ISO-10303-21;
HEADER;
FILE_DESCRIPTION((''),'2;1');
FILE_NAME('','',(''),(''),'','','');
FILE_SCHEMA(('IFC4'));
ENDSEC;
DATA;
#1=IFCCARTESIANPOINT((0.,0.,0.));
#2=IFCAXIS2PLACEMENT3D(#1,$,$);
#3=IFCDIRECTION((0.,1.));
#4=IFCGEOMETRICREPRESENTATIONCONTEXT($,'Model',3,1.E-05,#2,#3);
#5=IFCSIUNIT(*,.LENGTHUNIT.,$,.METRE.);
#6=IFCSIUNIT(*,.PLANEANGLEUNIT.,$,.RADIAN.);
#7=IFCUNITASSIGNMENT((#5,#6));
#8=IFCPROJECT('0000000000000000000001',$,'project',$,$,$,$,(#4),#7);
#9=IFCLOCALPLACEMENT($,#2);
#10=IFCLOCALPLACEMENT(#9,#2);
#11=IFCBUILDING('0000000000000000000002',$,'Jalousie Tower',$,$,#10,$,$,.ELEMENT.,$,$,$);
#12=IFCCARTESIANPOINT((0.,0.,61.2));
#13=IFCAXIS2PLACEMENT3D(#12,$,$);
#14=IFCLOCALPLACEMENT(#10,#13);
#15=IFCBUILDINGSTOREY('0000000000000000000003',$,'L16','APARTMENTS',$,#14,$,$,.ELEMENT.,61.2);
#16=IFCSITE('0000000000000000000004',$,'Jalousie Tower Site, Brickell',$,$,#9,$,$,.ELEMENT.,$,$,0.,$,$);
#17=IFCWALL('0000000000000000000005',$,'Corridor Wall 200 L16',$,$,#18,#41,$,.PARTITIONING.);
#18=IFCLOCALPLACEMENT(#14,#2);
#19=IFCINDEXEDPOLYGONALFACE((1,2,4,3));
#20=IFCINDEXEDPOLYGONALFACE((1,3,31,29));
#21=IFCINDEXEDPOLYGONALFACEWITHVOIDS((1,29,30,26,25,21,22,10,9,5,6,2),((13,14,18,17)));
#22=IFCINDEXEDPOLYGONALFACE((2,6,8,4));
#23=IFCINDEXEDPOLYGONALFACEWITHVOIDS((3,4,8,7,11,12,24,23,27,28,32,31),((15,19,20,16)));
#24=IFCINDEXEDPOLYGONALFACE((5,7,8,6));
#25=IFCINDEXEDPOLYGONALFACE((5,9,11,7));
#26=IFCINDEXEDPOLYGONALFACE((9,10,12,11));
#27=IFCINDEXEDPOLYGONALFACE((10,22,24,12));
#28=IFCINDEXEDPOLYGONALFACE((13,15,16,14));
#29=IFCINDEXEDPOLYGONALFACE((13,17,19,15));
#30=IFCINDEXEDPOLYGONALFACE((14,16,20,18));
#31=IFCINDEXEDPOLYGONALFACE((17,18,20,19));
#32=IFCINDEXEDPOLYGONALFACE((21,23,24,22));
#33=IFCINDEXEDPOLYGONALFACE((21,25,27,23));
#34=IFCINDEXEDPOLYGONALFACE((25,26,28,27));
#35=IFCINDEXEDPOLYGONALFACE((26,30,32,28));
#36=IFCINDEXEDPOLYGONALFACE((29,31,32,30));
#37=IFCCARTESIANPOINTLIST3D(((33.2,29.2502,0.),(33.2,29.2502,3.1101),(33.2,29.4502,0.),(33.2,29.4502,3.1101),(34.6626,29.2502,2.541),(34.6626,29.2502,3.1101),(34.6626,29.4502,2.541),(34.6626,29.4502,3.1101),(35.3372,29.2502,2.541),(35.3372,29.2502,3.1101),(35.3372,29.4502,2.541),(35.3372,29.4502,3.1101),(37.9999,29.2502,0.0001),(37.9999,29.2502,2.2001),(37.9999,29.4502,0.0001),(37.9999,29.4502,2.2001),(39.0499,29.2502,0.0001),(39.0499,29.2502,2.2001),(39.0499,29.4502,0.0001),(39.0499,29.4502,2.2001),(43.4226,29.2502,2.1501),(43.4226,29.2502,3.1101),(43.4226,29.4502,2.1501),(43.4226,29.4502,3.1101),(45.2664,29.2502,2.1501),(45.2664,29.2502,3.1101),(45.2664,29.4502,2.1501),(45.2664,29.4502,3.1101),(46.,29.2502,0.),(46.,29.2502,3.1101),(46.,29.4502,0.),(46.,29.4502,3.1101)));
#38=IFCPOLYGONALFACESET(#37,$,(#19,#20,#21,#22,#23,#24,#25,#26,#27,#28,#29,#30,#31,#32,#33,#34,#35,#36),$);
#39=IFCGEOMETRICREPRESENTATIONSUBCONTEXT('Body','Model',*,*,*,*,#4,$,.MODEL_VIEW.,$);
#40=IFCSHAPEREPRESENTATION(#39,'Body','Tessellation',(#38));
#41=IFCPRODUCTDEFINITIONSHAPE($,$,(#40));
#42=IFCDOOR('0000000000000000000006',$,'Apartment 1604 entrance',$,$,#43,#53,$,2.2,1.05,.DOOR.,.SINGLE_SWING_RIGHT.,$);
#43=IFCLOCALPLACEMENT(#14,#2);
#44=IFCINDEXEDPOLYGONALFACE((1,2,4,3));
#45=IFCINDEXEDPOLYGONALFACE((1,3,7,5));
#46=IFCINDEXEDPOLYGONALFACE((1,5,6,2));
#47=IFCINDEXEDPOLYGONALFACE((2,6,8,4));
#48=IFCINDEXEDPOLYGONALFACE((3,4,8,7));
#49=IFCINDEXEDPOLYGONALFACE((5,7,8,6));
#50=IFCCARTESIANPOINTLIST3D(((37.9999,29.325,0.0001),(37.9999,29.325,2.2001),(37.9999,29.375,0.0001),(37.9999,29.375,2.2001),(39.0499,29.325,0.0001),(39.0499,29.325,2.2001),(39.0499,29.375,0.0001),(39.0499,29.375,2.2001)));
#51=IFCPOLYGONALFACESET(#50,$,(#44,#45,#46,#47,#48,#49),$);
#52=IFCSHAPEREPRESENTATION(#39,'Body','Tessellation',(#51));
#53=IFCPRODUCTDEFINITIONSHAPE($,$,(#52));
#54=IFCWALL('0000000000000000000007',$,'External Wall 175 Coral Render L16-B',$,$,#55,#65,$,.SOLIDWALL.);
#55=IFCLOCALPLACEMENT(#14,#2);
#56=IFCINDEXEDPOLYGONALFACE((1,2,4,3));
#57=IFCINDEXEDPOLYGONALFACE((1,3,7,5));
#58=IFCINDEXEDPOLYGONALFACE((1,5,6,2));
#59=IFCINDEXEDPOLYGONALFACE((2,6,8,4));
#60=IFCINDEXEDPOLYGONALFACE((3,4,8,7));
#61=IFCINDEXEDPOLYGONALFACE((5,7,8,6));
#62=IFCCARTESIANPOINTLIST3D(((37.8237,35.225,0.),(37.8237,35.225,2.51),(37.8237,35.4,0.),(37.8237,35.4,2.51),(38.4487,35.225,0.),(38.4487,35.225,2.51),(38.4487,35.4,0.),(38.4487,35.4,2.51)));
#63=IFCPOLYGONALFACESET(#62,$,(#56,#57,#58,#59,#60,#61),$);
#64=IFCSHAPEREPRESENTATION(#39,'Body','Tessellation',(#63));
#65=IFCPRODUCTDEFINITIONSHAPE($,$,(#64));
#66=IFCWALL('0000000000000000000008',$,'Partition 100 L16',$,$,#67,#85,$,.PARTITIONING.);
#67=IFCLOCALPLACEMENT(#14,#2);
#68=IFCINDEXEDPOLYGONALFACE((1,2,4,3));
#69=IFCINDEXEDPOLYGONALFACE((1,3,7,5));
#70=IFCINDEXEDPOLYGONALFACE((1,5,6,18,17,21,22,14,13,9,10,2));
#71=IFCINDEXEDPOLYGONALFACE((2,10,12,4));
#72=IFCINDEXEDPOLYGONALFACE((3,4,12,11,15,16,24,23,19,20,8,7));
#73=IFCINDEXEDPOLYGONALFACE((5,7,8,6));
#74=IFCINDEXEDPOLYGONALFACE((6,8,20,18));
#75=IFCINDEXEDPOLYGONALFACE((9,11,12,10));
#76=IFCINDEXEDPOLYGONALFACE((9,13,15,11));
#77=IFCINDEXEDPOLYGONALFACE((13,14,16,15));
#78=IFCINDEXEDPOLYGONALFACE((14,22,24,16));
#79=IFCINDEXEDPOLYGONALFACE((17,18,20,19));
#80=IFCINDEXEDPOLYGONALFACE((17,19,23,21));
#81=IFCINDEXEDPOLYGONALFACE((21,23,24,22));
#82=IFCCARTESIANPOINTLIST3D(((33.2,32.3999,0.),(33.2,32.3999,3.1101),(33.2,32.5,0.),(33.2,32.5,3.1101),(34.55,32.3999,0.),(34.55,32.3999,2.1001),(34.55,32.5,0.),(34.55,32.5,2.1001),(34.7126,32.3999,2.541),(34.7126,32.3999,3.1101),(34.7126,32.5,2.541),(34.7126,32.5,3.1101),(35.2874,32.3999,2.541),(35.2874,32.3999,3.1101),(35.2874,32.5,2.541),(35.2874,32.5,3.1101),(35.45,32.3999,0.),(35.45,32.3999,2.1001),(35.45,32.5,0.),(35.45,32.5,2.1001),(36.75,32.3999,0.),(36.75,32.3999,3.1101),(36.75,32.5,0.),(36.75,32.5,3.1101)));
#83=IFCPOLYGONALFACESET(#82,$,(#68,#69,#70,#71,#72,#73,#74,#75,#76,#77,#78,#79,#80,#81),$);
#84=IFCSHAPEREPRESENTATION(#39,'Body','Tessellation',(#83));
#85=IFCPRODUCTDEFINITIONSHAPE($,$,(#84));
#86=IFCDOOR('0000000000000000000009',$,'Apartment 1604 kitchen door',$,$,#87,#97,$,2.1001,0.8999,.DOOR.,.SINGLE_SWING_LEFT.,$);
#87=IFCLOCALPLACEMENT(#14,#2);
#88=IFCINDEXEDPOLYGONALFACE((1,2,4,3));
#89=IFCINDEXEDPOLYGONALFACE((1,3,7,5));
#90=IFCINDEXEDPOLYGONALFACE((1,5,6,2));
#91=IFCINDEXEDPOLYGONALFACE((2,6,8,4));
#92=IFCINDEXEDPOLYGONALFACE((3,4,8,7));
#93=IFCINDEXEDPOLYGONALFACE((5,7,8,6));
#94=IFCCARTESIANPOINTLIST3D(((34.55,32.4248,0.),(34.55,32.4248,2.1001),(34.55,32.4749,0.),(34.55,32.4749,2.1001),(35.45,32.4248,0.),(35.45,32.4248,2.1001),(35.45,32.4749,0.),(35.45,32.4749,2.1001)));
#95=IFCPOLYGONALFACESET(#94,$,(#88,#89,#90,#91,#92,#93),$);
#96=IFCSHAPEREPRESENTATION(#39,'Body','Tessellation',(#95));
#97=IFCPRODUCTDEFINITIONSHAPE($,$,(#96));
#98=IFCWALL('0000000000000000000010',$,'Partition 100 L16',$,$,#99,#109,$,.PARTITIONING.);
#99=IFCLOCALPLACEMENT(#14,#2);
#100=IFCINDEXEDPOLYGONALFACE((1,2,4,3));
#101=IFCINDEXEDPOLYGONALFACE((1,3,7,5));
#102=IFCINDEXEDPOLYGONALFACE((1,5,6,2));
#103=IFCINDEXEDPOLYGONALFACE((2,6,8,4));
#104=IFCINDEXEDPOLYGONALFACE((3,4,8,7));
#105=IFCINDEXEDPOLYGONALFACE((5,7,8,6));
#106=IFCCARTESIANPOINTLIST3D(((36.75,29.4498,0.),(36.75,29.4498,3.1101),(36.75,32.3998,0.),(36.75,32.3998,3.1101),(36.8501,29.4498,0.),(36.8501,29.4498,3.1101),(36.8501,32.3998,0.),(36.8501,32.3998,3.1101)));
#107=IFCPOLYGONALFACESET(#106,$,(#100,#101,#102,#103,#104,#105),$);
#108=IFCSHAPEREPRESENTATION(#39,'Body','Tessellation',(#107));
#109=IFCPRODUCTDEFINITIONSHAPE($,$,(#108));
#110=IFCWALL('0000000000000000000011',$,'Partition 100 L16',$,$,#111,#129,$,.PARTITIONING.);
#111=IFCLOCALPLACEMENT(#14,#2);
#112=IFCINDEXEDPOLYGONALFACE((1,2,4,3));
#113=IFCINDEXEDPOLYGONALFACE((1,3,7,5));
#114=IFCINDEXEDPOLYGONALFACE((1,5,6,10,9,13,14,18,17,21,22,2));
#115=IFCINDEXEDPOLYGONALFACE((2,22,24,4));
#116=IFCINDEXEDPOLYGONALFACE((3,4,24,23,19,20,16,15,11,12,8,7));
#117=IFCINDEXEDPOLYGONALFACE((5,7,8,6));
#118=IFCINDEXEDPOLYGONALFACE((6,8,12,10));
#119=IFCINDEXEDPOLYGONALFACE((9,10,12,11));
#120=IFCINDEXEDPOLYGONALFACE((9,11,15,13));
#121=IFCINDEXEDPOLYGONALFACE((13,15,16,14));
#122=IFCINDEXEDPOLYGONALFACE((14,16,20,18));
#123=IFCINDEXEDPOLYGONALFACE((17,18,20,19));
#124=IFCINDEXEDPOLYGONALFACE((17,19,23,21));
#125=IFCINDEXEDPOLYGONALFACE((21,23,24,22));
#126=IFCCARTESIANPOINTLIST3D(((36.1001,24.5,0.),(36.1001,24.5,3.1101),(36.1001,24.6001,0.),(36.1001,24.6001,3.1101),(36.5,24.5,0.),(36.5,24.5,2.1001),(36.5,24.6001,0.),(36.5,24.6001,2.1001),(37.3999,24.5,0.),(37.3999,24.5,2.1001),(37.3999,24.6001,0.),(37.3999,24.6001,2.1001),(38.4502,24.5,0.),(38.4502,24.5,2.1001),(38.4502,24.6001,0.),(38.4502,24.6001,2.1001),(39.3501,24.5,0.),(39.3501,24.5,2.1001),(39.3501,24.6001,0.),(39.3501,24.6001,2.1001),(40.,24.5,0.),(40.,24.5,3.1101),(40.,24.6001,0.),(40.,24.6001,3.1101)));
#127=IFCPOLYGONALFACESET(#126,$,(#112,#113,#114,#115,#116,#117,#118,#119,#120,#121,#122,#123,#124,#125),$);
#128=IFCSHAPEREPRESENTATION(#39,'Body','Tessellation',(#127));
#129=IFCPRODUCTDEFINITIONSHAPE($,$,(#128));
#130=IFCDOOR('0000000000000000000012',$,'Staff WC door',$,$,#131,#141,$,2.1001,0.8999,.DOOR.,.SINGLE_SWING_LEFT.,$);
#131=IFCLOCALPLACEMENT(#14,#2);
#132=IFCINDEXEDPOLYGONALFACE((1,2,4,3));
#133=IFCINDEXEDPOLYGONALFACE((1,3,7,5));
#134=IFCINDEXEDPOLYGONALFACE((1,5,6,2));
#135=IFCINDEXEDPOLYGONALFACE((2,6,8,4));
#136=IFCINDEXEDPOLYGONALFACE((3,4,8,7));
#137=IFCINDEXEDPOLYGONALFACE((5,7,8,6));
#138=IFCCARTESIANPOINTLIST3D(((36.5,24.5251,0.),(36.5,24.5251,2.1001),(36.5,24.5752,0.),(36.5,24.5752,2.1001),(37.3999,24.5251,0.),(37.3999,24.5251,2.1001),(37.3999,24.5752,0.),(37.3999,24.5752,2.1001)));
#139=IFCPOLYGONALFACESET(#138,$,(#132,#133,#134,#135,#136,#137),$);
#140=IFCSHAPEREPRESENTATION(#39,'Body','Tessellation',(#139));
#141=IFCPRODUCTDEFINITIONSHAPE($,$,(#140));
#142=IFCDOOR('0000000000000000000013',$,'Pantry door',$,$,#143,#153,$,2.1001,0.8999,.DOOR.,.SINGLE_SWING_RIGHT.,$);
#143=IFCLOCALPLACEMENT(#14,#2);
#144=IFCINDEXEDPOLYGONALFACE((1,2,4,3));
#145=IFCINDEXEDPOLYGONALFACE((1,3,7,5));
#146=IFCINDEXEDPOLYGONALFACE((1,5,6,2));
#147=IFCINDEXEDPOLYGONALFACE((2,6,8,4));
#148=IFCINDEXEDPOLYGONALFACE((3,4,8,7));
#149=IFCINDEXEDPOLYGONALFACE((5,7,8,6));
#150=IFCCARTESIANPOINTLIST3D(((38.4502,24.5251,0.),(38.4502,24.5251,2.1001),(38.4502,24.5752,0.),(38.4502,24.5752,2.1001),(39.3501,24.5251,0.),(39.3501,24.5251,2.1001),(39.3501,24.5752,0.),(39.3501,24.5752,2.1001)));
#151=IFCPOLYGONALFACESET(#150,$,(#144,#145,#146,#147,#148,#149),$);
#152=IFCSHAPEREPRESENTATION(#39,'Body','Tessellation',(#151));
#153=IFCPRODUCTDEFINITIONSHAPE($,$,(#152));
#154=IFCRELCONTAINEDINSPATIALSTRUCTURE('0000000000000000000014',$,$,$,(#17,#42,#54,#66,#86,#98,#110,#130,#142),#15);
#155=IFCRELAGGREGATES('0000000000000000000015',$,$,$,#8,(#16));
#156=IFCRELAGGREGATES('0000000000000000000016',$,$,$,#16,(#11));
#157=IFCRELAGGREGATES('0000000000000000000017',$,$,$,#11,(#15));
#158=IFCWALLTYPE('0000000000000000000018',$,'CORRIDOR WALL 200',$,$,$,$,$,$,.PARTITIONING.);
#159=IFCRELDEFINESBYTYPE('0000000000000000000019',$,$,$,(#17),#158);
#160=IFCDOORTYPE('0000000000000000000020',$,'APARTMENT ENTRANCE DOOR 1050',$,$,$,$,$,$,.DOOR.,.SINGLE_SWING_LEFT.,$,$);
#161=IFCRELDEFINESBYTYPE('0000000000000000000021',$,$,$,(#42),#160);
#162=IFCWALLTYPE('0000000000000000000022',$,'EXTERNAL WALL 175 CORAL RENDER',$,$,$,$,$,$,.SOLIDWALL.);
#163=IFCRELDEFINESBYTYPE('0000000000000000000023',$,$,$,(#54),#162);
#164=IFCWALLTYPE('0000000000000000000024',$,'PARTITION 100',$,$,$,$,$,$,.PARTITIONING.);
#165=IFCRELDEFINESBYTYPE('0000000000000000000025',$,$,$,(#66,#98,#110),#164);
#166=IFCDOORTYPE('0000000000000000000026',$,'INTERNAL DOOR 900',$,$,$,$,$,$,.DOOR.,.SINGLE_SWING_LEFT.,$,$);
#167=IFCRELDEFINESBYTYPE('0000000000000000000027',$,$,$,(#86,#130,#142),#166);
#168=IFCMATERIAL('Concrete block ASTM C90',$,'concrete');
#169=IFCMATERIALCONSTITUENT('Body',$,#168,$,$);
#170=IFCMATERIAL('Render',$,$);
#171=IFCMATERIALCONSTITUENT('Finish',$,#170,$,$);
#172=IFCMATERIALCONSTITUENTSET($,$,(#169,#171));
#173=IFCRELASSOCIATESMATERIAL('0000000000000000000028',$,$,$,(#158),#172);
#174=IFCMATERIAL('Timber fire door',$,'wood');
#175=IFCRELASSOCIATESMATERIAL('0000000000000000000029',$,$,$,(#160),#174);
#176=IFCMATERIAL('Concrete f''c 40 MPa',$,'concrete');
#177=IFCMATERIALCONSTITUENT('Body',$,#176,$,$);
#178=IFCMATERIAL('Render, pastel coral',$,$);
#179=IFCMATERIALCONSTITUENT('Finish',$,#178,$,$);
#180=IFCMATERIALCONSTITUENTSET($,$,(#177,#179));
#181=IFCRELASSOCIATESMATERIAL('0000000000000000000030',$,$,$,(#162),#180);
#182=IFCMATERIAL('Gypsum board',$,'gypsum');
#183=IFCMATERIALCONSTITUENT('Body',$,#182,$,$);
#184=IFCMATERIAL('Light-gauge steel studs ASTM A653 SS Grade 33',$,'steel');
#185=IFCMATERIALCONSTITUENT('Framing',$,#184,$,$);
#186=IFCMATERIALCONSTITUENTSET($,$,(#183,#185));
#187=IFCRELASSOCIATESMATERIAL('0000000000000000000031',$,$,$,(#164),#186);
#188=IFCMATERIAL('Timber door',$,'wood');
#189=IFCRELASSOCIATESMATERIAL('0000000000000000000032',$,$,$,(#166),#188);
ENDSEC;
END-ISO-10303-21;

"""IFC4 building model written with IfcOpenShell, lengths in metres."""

from ifc_helpers import new_model, si_unit, direction, frame, frame_2d, origin, place, context, subcontext, project, spatial, polyline, rectangle, outline, extrude, material, constituent, constituent_set, type_object, element, fill, save


model = new_model("IFC4")

# Units and contexts
model_context = context("Model", 3, precision=1e-05, world=origin(), true_north=direction((0.0, 1.0)))
body_context = subcontext(model_context, "Body", "Model", "MODEL_VIEW")
ifc_project = project(units=[si_unit("LENGTHUNIT", "METRE"), si_unit("PLANEANGLEUNIT", "RADIAN")], contexts=[model_context])

# Site, building, storey
site_placement = place(None, origin())
site = spatial("IfcSite", under=ifc_project, at=site_placement, Name="Jalousie Tower Site, Brickell", CompositionType="ELEMENT", RefElevation=0.0)
building_placement = place(site_placement, origin())
building = spatial("IfcBuilding", under=site, at=building_placement, Name="Jalousie Tower", CompositionType="ELEMENT")
storey_placement = place(building_placement, frame((0.0, 0.0, 61.2)))
storey = spatial("IfcBuildingStorey", under=building, at=storey_placement, Name="L16", Description="APARTMENTS", CompositionType="ELEMENT", Elevation=61.2)

# Wall, opening, door
ifc_material_1 = material(Name="Concrete block ASTM C90", Category="concrete")
ifc_constituent_1 = constituent(ifc_material_1, Name="Body")
ifc_material_2 = material(Name="Render")
ifc_constituent_2 = constituent(ifc_material_2, Name="Finish")
ifc_constituent_set_1 = constituent_set(constituents=[ifc_constituent_1, ifc_constituent_2])
wall_type_1 = type_object("IfcWallType", Name="CORRIDOR WALL 200", PredefinedType="PARTITIONING", material=ifc_constituent_set_1)
wall_1_placement = place(storey_placement, frame((33.2, 29.3501, 0.0), z_axis=(0.0, 0.0, 1.0), x_axis=(1.0, 0.0, 0.0)))
wall_1 = element("IfcWall", 1, at=wall_1_placement, inside=storey, type_object=wall_type_1, Name="Corridor Wall 200 L16", PredefinedType="PARTITIONING", context=body_context, shape_type="SweptSolid", body=[
    extrude(outline(polyline([(0.0, 0.0), (12.8, 0.0), (12.8, 3.1101), (12.0664, 3.1101), (12.0664, 2.1501), (10.2227, 2.1501), (10.2227, 3.1101), (2.1372, 3.1101), (2.1372, 2.541), (1.4626, 2.541), (1.4626, 3.1101), (0.0, 3.1101), (0.0, 0.0)])), frame((0.0, 0.1001, 0.0), z_axis=(0.0, -1.0, 0.0), x_axis=(1.0, 0.0, 0.0)), (0.0, 0.0, 1.0), 0.2),
])
opening_1_placement = place(wall_1_placement, frame((4.8, 0.0, 0.0)))
opening_1 = element("IfcOpeningElement", 2, at=opening_1_placement, cuts=wall_1, PredefinedType="OPENING", context=body_context, shape_type="SweptSolid", body=[
    extrude(rectangle(XDim=1.05, YDim=2.2, at=frame_2d((0.5249, 1.1001))), frame((0.0, 0.1099, 0.0), z_axis=(0.0, -1.0, 0.0), x_axis=(1.0, 0.0, 0.0)), (0.0, 0.0, 1.0), 0.22),
])
ifc_material_3 = material(Name="Timber fire door", Category="wood")
door_type_1 = type_object("IfcDoorType", Name="APARTMENT ENTRANCE DOOR 1050", OperationType="SINGLE_SWING_LEFT", PredefinedType="DOOR", material=ifc_material_3)
door_1_placement = place(opening_1_placement, origin())
door_1 = element("IfcDoor", 3, at=door_1_placement, inside=storey, type_object=door_type_1, Name="Apartment 1604 entrance", OperationType="SINGLE_SWING_RIGHT", OverallHeight=2.2, OverallWidth=1.05, PredefinedType="DOOR", context=body_context, shape_type="SweptSolid", body=[
    extrude(rectangle(XDim=1.05, YDim=2.2, at=frame_2d((0.5249, 1.1001))), frame((0.0, 0.0249, 0.0), z_axis=(0.0, -1.0, 0.0), x_axis=(1.0, 0.0, 0.0)), (0.0, 0.0, 1.0), 0.05),
])
fill(opening_1, door_1)

# Wall
ifc_material_4 = material(Name="Concrete f'c 40 MPa", Category="concrete")
ifc_constituent_3 = constituent(ifc_material_4, Name="Body")
ifc_material_5 = material(Name="Render, pastel coral")
ifc_constituent_4 = constituent(ifc_material_5, Name="Finish")
ifc_constituent_set_2 = constituent_set(constituents=[ifc_constituent_3, ifc_constituent_4])
wall_type_2 = type_object("IfcWallType", Name="EXTERNAL WALL 175 CORAL RENDER", PredefinedType="SOLIDWALL", material=ifc_constituent_set_2)
wall_2_placement = place(storey_placement, frame((38.4487, 35.3125, 0.0), z_axis=(0.0, 0.0, 1.0), x_axis=(-1.0, 0.0, 0.0)))
element("IfcWall", 4, at=wall_2_placement, inside=storey, type_object=wall_type_2, Name="External Wall 175 Coral Render L16-B", PredefinedType="SOLIDWALL", context=body_context, shape_type="SweptSolid", body=[
    extrude(rectangle(XDim=0.625, YDim=0.175, at=frame_2d((0.3125, 0.0))), origin(), (0.0, 0.0, 1.0), 2.51),
])

# Wall, opening, door
ifc_material_6 = material(Name="Gypsum board", Category="gypsum")
ifc_constituent_5 = constituent(ifc_material_6, Name="Body")
ifc_material_7 = material(Name="Light-gauge steel studs ASTM A653 SS Grade 33", Category="steel")
ifc_constituent_6 = constituent(ifc_material_7, Name="Framing")
ifc_constituent_set_3 = constituent_set(constituents=[ifc_constituent_5, ifc_constituent_6])
wall_type_3 = type_object("IfcWallType", Name="PARTITION 100", PredefinedType="PARTITIONING", material=ifc_constituent_set_3)
wall_3_placement = place(storey_placement, frame((33.2, 32.45, 0.0), z_axis=(0.0, 0.0, 1.0), x_axis=(1.0, 0.0, 0.0)))
wall_3 = element("IfcWall", 5, at=wall_3_placement, inside=storey, type_object=wall_type_3, Name="Partition 100 L16", PredefinedType="PARTITIONING", context=body_context, shape_type="SweptSolid", body=[
    extrude(outline(polyline([(0.0, 0.0), (3.55, 0.0), (3.55, 3.1101), (2.0874, 3.1101), (2.0874, 2.541), (1.5127, 2.541), (1.5127, 3.1101), (0.0, 3.1101), (0.0, 0.0)])), frame((0.0, 0.05, 0.0), z_axis=(0.0, -1.0, 0.0), x_axis=(1.0, 0.0, 0.0)), (0.0, 0.0, 1.0), 0.1001),
])
opening_2_placement = place(wall_3_placement, frame((1.3501, 0.0, 0.0)))
opening_2 = element("IfcOpeningElement", 6, at=opening_2_placement, cuts=wall_3, PredefinedType="OPENING", context=body_context, shape_type="SweptSolid", body=[
    extrude(rectangle(XDim=0.8999, YDim=2.1001, at=frame_2d((0.45, 1.05))), frame((0.0, 0.0601, 0.0), z_axis=(0.0, -1.0, 0.0), x_axis=(1.0, 0.0, 0.0)), (0.0, 0.0, 1.0), 0.1201),
])
ifc_material_8 = material(Name="Timber door", Category="wood")
door_type_2 = type_object("IfcDoorType", Name="INTERNAL DOOR 900", OperationType="SINGLE_SWING_LEFT", PredefinedType="DOOR", material=ifc_material_8)
door_2_placement = place(opening_2_placement, origin())
door_2 = element("IfcDoor", 7, at=door_2_placement, inside=storey, type_object=door_type_2, Name="Apartment 1604 kitchen door", OperationType="SINGLE_SWING_LEFT", OverallHeight=2.1001, OverallWidth=0.8999, PredefinedType="DOOR", context=body_context, shape_type="SweptSolid", body=[
    extrude(rectangle(XDim=0.8999, YDim=2.1001, at=frame_2d((0.45, 1.05))), frame((0.0, 0.0249, 0.0), z_axis=(0.0, -1.0, 0.0), x_axis=(1.0, 0.0, 0.0)), (0.0, 0.0, 1.0), 0.05),
])
fill(opening_2, door_2)

# Wall
wall_4_placement = place(storey_placement, frame((36.8, 32.3999, 0.0), z_axis=(0.0, 0.0, 1.0), x_axis=(0.0, -1.0, 0.0)))
element("IfcWall", 8, at=wall_4_placement, inside=storey, type_object=wall_type_3, Name="Partition 100 L16", PredefinedType="PARTITIONING", context=body_context, shape_type="SweptSolid", body=[
    extrude(rectangle(XDim=2.95, YDim=0.1001, at=frame_2d((1.4751, 0.0))), origin(), (0.0, 0.0, 1.0), 3.1101),
])

# Wall, openings, doors
wall_5_placement = place(storey_placement, frame((36.1001, 24.55, 0.0), z_axis=(0.0, 0.0, 1.0), x_axis=(1.0, 0.0, 0.0)))
wall_5 = element("IfcWall", 9, at=wall_5_placement, inside=storey, type_object=wall_type_3, Name="Partition 100 L16", PredefinedType="PARTITIONING", context=body_context, shape_type="SweptSolid", body=[
    extrude(rectangle(XDim=3.8999, YDim=0.1001, at=frame_2d((1.95, 0.0))), origin(), (0.0, 0.0, 1.0), 3.1101),
])
opening_3_placement = place(wall_5_placement, frame((0.3999, 0.0, 0.0)))
opening_3 = element("IfcOpeningElement", 10, at=opening_3_placement, cuts=wall_5, PredefinedType="OPENING", context=body_context, shape_type="SweptSolid", body=[
    extrude(rectangle(XDim=0.8999, YDim=2.1001, at=frame_2d((0.45, 1.05))), frame((0.0, 0.0601, 0.0), z_axis=(0.0, -1.0, 0.0), x_axis=(1.0, 0.0, 0.0)), (0.0, 0.0, 1.0), 0.1201),
])
opening_4_placement = place(wall_5_placement, frame((2.3501, 0.0, 0.0)))
opening_4 = element("IfcOpeningElement", 11, at=opening_4_placement, cuts=wall_5, PredefinedType="OPENING", context=body_context, shape_type="SweptSolid", body=[
    extrude(rectangle(XDim=0.8999, YDim=2.1001, at=frame_2d((0.45, 1.05))), frame((0.0, 0.0601, 0.0), z_axis=(0.0, -1.0, 0.0), x_axis=(1.0, 0.0, 0.0)), (0.0, 0.0, 1.0), 0.1201),
])
door_3_placement = place(opening_3_placement, frame((0.8999, 0.0, 0.0), z_axis=(0.0, 0.0, 1.0), x_axis=(-1.0, 0.0, 0.0)))
door_3 = element("IfcDoor", 12, at=door_3_placement, inside=storey, type_object=door_type_2, Name="Staff WC door", OperationType="SINGLE_SWING_LEFT", OverallHeight=2.1001, OverallWidth=0.8999, PredefinedType="DOOR", context=body_context, shape_type="SweptSolid", body=[
    extrude(rectangle(XDim=0.8999, YDim=2.1001, at=frame_2d((0.45, 1.05))), frame((0.0, 0.0249, 0.0), z_axis=(0.0, -1.0, 0.0), x_axis=(1.0, 0.0, 0.0)), (0.0, 0.0, 1.0), 0.05),
])
fill(opening_3, door_3)
door_4_placement = place(opening_4_placement, frame((0.8999, 0.0, 0.0), z_axis=(0.0, 0.0, 1.0), x_axis=(-1.0, 0.0, 0.0)))
door_4 = element("IfcDoor", 13, at=door_4_placement, inside=storey, type_object=door_type_2, Name="Pantry door", OperationType="SINGLE_SWING_RIGHT", OverallHeight=2.1001, OverallWidth=0.8999, PredefinedType="DOOR", context=body_context, shape_type="SweptSolid", body=[
    extrude(rectangle(XDim=0.8999, YDim=2.1001, at=frame_2d((0.45, 1.05))), frame((0.0, 0.0249, 0.0), z_axis=(0.0, -1.0, 0.0), x_axis=(1.0, 0.0, 0.0)), (0.0, 0.0, 1.0), 0.05),
])
fill(opening_4, door_4)

save(model, "model.ifc")
